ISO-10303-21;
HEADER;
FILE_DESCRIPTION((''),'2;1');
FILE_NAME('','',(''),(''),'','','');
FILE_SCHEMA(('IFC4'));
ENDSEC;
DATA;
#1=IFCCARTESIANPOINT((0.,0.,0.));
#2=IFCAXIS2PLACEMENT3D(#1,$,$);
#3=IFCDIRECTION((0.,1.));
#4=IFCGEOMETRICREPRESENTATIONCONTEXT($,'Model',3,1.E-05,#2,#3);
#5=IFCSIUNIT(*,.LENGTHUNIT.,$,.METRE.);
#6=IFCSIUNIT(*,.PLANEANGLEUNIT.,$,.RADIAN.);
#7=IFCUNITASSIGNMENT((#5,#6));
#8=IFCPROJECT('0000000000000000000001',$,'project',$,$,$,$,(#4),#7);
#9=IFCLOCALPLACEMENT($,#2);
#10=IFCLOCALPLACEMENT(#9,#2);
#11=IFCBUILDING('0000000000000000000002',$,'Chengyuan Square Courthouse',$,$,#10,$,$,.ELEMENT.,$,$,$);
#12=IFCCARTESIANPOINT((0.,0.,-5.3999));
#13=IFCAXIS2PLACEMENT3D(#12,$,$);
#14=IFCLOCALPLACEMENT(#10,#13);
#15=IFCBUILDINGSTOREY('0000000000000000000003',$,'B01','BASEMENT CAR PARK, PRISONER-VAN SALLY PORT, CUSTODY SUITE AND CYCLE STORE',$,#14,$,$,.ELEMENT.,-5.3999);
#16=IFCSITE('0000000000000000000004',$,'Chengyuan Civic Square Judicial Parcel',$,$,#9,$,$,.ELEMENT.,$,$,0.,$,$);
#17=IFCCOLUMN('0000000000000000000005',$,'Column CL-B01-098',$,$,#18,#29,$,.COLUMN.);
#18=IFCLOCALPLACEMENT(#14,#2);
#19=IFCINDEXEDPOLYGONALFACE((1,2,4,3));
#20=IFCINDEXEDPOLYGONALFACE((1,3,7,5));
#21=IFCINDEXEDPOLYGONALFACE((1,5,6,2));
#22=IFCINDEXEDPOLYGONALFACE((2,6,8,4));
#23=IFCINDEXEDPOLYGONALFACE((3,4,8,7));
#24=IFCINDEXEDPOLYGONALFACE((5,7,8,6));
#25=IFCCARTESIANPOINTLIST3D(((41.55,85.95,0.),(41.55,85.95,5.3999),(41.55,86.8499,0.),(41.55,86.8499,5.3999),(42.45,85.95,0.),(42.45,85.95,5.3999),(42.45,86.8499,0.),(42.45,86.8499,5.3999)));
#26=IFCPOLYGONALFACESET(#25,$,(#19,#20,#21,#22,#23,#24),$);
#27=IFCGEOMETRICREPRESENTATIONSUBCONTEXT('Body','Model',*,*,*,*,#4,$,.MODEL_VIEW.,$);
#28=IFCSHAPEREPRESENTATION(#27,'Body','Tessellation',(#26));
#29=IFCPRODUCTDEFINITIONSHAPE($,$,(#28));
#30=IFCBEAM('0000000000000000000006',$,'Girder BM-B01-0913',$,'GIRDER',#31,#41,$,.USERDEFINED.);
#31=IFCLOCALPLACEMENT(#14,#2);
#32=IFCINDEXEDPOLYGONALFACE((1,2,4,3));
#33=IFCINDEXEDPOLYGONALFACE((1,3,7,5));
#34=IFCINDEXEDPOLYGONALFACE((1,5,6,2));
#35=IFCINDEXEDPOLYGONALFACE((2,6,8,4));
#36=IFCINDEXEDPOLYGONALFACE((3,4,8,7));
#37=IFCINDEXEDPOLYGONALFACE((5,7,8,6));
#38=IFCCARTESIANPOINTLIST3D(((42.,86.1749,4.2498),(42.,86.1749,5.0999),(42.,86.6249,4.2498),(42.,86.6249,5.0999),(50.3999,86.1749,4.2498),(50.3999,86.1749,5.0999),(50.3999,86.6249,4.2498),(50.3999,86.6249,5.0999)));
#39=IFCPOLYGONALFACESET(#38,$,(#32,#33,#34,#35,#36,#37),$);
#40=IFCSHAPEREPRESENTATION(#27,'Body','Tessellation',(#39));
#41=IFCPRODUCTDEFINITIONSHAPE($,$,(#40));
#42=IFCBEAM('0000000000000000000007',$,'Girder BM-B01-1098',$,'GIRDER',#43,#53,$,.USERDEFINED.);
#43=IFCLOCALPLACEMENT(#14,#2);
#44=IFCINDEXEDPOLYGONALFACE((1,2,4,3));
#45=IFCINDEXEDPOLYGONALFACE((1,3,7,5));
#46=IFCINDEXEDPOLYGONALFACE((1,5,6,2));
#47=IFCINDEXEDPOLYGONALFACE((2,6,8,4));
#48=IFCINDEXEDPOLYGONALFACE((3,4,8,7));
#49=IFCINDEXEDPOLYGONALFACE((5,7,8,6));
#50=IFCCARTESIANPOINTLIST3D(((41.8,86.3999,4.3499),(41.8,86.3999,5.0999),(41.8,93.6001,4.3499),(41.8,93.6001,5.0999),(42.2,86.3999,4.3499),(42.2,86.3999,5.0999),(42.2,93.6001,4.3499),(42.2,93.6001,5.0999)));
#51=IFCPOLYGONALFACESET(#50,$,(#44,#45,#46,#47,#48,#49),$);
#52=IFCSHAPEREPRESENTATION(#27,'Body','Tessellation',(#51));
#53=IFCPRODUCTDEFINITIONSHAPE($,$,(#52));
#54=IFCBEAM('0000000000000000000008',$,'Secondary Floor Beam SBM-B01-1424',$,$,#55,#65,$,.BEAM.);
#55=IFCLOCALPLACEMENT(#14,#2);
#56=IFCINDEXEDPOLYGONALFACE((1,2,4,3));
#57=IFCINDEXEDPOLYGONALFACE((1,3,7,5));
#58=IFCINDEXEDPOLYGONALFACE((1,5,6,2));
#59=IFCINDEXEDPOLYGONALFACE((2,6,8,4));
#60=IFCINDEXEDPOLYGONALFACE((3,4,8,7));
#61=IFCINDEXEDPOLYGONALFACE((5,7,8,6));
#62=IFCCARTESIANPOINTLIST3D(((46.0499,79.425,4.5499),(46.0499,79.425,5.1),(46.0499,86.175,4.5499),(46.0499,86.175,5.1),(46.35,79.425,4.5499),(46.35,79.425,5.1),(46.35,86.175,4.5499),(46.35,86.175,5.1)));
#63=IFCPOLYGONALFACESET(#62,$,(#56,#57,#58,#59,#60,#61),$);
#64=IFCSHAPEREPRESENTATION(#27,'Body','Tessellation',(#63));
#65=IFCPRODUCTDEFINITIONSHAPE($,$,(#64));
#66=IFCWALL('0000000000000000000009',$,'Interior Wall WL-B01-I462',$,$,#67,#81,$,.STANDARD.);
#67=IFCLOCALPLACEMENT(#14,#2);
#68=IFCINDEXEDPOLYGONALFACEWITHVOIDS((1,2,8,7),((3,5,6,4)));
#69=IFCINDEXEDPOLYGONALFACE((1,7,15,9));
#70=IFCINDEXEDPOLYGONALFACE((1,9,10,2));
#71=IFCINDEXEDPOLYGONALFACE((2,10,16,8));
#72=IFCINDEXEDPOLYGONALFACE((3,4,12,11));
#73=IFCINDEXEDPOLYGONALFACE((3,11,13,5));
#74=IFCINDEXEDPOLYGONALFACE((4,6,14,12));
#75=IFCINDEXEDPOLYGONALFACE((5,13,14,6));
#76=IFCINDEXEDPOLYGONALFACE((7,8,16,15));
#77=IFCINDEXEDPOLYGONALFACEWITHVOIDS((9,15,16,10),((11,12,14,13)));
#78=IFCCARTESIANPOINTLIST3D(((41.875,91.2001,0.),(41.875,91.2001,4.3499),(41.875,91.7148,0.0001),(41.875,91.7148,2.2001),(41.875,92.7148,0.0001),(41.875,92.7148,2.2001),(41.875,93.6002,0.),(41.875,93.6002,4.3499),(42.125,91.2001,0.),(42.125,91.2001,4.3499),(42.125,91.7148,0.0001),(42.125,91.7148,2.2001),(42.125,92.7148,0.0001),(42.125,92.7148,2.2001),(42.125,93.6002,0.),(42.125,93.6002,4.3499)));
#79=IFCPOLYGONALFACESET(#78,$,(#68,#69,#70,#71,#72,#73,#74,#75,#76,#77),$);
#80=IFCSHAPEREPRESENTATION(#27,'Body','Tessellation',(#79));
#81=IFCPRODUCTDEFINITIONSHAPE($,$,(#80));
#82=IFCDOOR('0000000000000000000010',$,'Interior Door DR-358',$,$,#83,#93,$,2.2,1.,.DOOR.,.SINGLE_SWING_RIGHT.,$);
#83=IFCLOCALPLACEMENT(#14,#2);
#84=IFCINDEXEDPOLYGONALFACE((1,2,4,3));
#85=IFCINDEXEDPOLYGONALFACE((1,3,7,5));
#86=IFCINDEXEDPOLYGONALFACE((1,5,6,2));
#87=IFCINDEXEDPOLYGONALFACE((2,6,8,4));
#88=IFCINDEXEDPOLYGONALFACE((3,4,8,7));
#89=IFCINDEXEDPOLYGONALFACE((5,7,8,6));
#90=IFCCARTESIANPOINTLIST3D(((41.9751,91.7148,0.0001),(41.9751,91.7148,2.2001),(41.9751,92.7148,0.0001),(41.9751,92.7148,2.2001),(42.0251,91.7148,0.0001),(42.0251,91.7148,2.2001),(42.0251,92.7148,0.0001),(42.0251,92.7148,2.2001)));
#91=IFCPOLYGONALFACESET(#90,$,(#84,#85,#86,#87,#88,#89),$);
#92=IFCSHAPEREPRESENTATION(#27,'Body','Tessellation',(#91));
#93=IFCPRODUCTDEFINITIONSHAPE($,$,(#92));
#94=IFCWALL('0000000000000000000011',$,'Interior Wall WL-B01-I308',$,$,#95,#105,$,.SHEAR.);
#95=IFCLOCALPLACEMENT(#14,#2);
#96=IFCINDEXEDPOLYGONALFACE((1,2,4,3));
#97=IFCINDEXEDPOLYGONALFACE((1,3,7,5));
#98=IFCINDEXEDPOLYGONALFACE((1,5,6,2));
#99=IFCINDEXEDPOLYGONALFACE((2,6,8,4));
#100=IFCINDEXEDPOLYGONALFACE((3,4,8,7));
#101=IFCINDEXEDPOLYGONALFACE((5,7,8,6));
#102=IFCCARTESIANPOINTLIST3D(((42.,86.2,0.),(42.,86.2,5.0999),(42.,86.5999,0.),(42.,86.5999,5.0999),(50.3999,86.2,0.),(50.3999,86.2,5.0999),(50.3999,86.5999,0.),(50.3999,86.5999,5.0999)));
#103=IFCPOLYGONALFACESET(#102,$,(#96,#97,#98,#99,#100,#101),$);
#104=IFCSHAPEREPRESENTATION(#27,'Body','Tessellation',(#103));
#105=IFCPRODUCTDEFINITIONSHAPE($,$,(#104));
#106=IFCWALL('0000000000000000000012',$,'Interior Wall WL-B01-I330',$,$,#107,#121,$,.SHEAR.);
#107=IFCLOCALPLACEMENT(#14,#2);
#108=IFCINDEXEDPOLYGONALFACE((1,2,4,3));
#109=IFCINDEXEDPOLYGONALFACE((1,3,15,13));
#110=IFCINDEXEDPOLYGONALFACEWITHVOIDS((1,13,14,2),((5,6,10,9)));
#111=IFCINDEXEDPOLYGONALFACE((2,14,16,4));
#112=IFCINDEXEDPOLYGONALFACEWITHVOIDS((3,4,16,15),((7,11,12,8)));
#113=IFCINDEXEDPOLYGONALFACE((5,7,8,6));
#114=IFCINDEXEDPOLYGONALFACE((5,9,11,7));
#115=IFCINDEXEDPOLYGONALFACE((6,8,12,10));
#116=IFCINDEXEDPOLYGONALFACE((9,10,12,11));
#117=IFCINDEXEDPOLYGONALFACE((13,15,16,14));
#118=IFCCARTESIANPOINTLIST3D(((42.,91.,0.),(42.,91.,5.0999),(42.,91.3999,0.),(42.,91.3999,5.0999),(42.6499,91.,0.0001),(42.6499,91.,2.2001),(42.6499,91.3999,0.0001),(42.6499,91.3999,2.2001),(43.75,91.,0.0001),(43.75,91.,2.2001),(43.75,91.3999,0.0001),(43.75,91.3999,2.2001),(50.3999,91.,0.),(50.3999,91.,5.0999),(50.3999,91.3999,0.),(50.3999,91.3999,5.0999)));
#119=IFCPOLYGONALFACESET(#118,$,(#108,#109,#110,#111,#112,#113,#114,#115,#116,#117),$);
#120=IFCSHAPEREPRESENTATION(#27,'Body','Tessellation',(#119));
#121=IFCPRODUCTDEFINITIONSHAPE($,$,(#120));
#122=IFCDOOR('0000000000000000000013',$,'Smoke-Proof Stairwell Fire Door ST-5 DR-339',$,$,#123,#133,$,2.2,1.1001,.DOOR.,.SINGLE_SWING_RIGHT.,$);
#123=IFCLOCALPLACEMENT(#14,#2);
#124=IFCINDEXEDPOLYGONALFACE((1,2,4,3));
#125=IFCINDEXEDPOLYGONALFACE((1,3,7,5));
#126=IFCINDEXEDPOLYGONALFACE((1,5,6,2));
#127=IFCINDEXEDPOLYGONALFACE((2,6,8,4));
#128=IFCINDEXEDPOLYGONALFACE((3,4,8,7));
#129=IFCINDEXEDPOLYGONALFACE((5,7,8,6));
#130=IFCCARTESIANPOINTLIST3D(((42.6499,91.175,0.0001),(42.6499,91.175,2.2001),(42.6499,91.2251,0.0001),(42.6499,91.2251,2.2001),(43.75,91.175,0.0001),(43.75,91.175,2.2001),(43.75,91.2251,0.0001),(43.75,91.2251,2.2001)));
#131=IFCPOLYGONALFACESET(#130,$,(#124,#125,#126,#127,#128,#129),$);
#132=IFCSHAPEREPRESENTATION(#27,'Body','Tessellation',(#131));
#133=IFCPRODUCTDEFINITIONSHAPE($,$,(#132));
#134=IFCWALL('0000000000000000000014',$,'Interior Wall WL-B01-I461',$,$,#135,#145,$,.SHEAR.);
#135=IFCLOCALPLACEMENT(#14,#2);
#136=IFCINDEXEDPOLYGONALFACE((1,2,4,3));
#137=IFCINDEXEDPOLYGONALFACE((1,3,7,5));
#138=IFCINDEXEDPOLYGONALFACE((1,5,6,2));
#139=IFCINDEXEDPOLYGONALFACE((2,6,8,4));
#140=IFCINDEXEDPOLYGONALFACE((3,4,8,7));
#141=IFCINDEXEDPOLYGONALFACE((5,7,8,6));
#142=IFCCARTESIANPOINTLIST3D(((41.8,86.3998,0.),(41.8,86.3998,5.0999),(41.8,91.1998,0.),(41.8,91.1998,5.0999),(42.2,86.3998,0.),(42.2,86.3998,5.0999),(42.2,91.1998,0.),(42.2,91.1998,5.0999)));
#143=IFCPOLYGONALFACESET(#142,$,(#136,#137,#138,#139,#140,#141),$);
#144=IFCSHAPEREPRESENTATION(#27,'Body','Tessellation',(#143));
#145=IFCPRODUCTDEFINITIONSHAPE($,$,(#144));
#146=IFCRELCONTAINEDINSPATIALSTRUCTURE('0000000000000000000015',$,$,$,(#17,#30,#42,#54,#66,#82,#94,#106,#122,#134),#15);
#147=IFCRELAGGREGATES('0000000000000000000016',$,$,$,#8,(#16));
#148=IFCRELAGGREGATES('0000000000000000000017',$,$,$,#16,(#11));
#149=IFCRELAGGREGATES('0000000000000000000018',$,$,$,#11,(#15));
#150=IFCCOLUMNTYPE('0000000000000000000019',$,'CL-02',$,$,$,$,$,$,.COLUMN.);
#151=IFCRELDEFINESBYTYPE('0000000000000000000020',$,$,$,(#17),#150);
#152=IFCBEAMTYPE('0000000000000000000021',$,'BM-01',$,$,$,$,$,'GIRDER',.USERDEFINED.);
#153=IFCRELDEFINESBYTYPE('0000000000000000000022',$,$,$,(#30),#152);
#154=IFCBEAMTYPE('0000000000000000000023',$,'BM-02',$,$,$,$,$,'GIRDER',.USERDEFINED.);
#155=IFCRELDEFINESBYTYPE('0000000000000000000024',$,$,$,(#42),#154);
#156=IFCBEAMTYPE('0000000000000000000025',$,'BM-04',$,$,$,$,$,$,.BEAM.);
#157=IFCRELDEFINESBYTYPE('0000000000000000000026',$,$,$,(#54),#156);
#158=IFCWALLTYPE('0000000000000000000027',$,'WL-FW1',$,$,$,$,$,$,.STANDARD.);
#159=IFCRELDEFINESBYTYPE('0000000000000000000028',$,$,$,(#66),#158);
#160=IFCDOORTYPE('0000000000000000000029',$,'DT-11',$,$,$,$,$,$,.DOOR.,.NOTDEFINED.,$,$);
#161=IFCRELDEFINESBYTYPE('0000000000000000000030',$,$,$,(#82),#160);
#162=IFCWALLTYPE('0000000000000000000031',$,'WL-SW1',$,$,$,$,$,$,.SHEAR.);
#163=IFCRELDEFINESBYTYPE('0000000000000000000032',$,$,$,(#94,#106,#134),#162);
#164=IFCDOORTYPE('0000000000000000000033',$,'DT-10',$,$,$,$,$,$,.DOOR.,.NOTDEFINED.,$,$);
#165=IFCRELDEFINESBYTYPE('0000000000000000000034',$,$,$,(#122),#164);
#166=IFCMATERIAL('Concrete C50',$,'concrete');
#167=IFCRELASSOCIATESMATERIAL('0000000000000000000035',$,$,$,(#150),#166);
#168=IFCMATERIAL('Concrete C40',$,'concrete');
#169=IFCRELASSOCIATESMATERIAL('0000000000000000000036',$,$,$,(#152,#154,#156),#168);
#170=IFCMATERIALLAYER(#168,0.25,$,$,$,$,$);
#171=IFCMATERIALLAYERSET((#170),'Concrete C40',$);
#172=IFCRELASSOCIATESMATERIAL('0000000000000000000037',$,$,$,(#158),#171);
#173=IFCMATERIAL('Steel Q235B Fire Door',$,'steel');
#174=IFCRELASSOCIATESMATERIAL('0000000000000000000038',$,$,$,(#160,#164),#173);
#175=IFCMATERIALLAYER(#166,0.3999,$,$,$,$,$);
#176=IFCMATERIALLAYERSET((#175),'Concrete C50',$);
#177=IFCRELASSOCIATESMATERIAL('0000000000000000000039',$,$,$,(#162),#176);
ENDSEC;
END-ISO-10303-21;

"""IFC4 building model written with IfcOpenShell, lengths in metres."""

from ifc_helpers import new_model, si_unit, direction, frame, frame_2d, origin, origin_2d, place, context, subcontext, project, spatial, rectangle, extrude, material, layer, layer_set, material_profile, profile_set, type_object, element, fill, save


model = new_model("IFC4")

# Units and contexts
model_context = context("Model", 3, precision=1e-05, world=origin(), true_north=direction((0.0, 1.0)))
body_context = subcontext(model_context, "Body", "Model", "MODEL_VIEW")
ifc_project = project(units=[si_unit("LENGTHUNIT", "METRE"), si_unit("PLANEANGLEUNIT", "RADIAN")], contexts=[model_context])

# Site, building, storey
site_placement = place(None, origin())
site = spatial("IfcSite", under=ifc_project, at=site_placement, Name="Chengyuan Civic Square Judicial Parcel", CompositionType="ELEMENT", RefElevation=0.0)
building_placement = place(site_placement, origin())
building = spatial("IfcBuilding", under=site, at=building_placement, Name="Chengyuan Square Courthouse", CompositionType="ELEMENT")
storey_placement = place(building_placement, frame((0.0, 0.0, -5.3999)))
storey = spatial("IfcBuildingStorey", under=building, at=storey_placement, Name="B01", Description="BASEMENT CAR PARK, PRISONER-VAN SALLY PORT, CUSTODY SUITE AND CYCLE STORE", CompositionType="ELEMENT", Elevation=-5.3999)

# Column
ifc_material_1 = material(Name="Concrete C50", Category="concrete")
ifc_material_profile_1 = material_profile(ifc_material_1, rectangle(XDim=0.8999, YDim=0.8999, at=origin_2d()), Name="RC-COL-900x900")
ifc_profile_set_1 = profile_set([ifc_material_profile_1], Name="Concrete C50")
column_type = type_object("IfcColumnType", Name="CL-02", PredefinedType="COLUMN", material=ifc_profile_set_1)
column_placement = place(storey_placement, frame((42.0, 86.3999, 0.0), z_axis=(0.0, 0.0, 1.0), x_axis=(1.0, 0.0, 0.0)))
element("IfcColumn", 1, at=column_placement, inside=storey, type_object=column_type, Name="Column CL-B01-098", PredefinedType="COLUMN", context=body_context, shape_type="SweptSolid", body=[
    extrude(rectangle(XDim=0.8999, YDim=0.8999, at=origin_2d()), origin(), (0.0, 0.0, 1.0), 5.3999),
])

# Beams
ifc_material_2 = material(Name="Concrete C40", Category="concrete")
ifc_material_profile_2 = material_profile(ifc_material_2, rectangle(XDim=0.45, YDim=0.8501, at=origin_2d()), Name="RC-BM-450x850")
ifc_profile_set_2 = profile_set([ifc_material_profile_2], Name="Concrete C40")
beam_type_1 = type_object("IfcBeamType", Name="BM-01", ElementType="GIRDER", PredefinedType="USERDEFINED", material=ifc_profile_set_2)
beam_1_placement = place(storey_placement, frame((42.0, 86.3999, 4.6748), z_axis=(1.0, 0.0, 0.0), x_axis=(0.0, 1.0, 0.0)))
element("IfcBeam", 2, at=beam_1_placement, inside=storey, type_object=beam_type_1, Name="Girder BM-B01-0913", ObjectType="GIRDER", PredefinedType="USERDEFINED", context=body_context, shape_type="SweptSolid", body=[
    extrude(rectangle(XDim=0.45, YDim=0.8501, at=origin_2d()), origin(), (0.0, 0.0, 1.0), 8.3999),
])
ifc_material_profile_3 = material_profile(ifc_material_2, rectangle(XDim=0.3999, YDim=0.75, at=origin_2d()), Name="RC-BM-400x750")
ifc_profile_set_3 = profile_set([ifc_material_profile_3], Name="Concrete C40")
beam_type_2 = type_object("IfcBeamType", Name="BM-02", ElementType="GIRDER", PredefinedType="USERDEFINED", material=ifc_profile_set_3)
beam_2_placement = place(storey_placement, frame((42.0, 86.3999, 4.7249), z_axis=(0.0, 1.0, 0.0), x_axis=(-1.0, 0.0, 0.0)))
element("IfcBeam", 3, at=beam_2_placement, inside=storey, type_object=beam_type_2, Name="Girder BM-B01-1098", ObjectType="GIRDER", PredefinedType="USERDEFINED", context=body_context, shape_type="SweptSolid", body=[
    extrude(rectangle(XDim=0.3999, YDim=0.75, at=origin_2d()), origin(), (0.0, 0.0, 1.0), 7.2002),
])
ifc_material_profile_4 = material_profile(ifc_material_2, rectangle(XDim=0.3, YDim=0.55, at=origin_2d()), Name="RC-BM-300x550")
ifc_profile_set_4 = profile_set([ifc_material_profile_4], Name="Concrete C40")
beam_type_3 = type_object("IfcBeamType", Name="BM-04", PredefinedType="BEAM", material=ifc_profile_set_4)
beam_3_placement = place(storey_placement, frame((46.2, 79.425, 4.825), z_axis=(0.0, 1.0, 0.0), x_axis=(-1.0, 0.0, 0.0)))
element("IfcBeam", 4, at=beam_3_placement, inside=storey, type_object=beam_type_3, Name="Secondary Floor Beam SBM-B01-1424", PredefinedType="BEAM", context=body_context, shape_type="SweptSolid", body=[
    extrude(rectangle(XDim=0.3, YDim=0.55, at=origin_2d()), origin(), (0.0, 0.0, 1.0), 6.75),
])

# Wall, opening, door
ifc_layer_1 = layer(ifc_material_2, 0.25)
ifc_layer_set_1 = layer_set([ifc_layer_1], Name="Concrete C40")
wall_type_1 = type_object("IfcWallType", Name="WL-FW1", PredefinedType="STANDARD", material=ifc_layer_set_1)
wall_1_placement = place(storey_placement, frame((42.0, 91.2, 0.0), z_axis=(0.0, 0.0, 1.0), x_axis=(0.0, 1.0, 0.0)))
wall_1 = element("IfcWall", 5, at=wall_1_placement, inside=storey, type_object=wall_type_1, Name="Interior Wall WL-B01-I462", PredefinedType="STANDARD", context=body_context, shape_type="SweptSolid", body=[
    extrude(rectangle(XDim=2.4001, YDim=0.25, at=frame_2d((1.2002, 0.0))), origin(), (0.0, 0.0, 1.0), 4.3499),
])
opening_1_placement = place(wall_1_placement, frame((0.5149, 0.0, 0.0)))
opening_1 = element("IfcOpeningElement", 6, at=opening_1_placement, cuts=wall_1, PredefinedType="OPENING", context=body_context, shape_type="SweptSolid", body=[
    extrude(rectangle(XDim=1.0, YDim=2.2, at=frame_2d((0.5, 1.1001))), frame((0.0, 0.137, 0.0), z_axis=(0.0, -1.0, 0.0), x_axis=(1.0, 0.0, 0.0)), (0.0, 0.0, 1.0), 0.2739),
])
ifc_material_3 = material(Name="Steel Q235B Fire Door", Category="steel")
door_type_1 = type_object("IfcDoorType", Name="DT-11", OperationType="NOTDEFINED", PredefinedType="DOOR", material=ifc_material_3)
door_1_placement = place(opening_1_placement, origin())
door_1 = element("IfcDoor", 7, at=door_1_placement, inside=storey, type_object=door_type_1, Name="Interior Door DR-358", OperationType="SINGLE_SWING_RIGHT", OverallHeight=2.2, OverallWidth=1.0, PredefinedType="DOOR", context=body_context, shape_type="SweptSolid", body=[
    extrude(rectangle(XDim=1.0, YDim=2.2, at=frame_2d((0.5, 1.1001))), frame((0.0, 0.0249, 0.0), z_axis=(0.0, -1.0, 0.0), x_axis=(1.0, 0.0, 0.0)), (0.0, 0.0, 1.0), 0.05),
])
fill(opening_1, door_1)

# Wall
ifc_layer_2 = layer(ifc_material_1, 0.3999)
ifc_layer_set_2 = layer_set([ifc_layer_2], Name="Concrete C50")
wall_type_2 = type_object("IfcWallType", Name="WL-SW1", PredefinedType="SHEAR", material=ifc_layer_set_2)
wall_2_placement = place(storey_placement, frame((42.0, 86.3999, 0.0), z_axis=(0.0, 0.0, 1.0), x_axis=(1.0, 0.0, 0.0)))
element("IfcWall", 8, at=wall_2_placement, inside=storey, type_object=wall_type_2, Name="Interior Wall WL-B01-I308", PredefinedType="SHEAR", context=body_context, shape_type="SweptSolid", body=[
    extrude(rectangle(XDim=8.3999, YDim=0.3999, at=frame_2d((4.2, 0.0))), origin(), (0.0, 0.0, 1.0), 5.0999),
])

# Wall, opening, door
wall_3_placement = place(storey_placement, frame((42.0, 91.2, 0.0), z_axis=(0.0, 0.0, 1.0), x_axis=(1.0, 0.0, 0.0)))
wall_3 = element("IfcWall", 9, at=wall_3_placement, inside=storey, type_object=wall_type_2, Name="Interior Wall WL-B01-I330", PredefinedType="SHEAR", context=body_context, shape_type="SweptSolid", body=[
    extrude(rectangle(XDim=8.3999, YDim=0.3999, at=frame_2d((4.2, 0.0))), origin(), (0.0, 0.0, 1.0), 5.0999),
])
opening_2_placement = place(wall_3_placement, frame((0.6499, 0.0, 0.0)))
opening_2 = element("IfcOpeningElement", 10, at=opening_2_placement, cuts=wall_3, PredefinedType="OPENING", context=body_context, shape_type="SweptSolid", body=[
    extrude(rectangle(XDim=1.1001, YDim=2.2, at=frame_2d((0.55, 1.1001))), frame((0.0, 0.2119, 0.0), z_axis=(0.0, -1.0, 0.0), x_axis=(1.0, 0.0, 0.0)), (0.0, 0.0, 1.0), 0.4238),
])
door_type_2 = type_object("IfcDoorType", Name="DT-10", OperationType="NOTDEFINED", PredefinedType="DOOR", material=ifc_material_3)
door_2_placement = place(opening_2_placement, frame((1.1001, 0.0, 0.0), z_axis=(0.0, 0.0, 1.0), x_axis=(-1.0, 0.0, 0.0)))
door_2 = element("IfcDoor", 11, at=door_2_placement, inside=storey, type_object=door_type_2, Name="Smoke-Proof Stairwell Fire Door ST-5 DR-339", OperationType="SINGLE_SWING_RIGHT", OverallHeight=2.2, OverallWidth=1.1001, PredefinedType="DOOR", context=body_context, shape_type="SweptSolid", body=[
    extrude(rectangle(XDim=1.1001, YDim=2.2, at=frame_2d((0.55, 1.1001))), frame((0.0, 0.0249, 0.0), z_axis=(0.0, -1.0, 0.0), x_axis=(1.0, 0.0, 0.0)), (0.0, 0.0, 1.0), 0.05),
])
fill(opening_2, door_2)

# Wall
wall_4_placement = place(storey_placement, frame((42.0, 86.3999, 0.0), z_axis=(0.0, 0.0, 1.0), x_axis=(0.0, 1.0, 0.0)))
element("IfcWall", 12, at=wall_4_placement, inside=storey, type_object=wall_type_2, Name="Interior Wall WL-B01-I461", PredefinedType="SHEAR", context=body_context, shape_type="SweptSolid", body=[
    extrude(rectangle(XDim=4.8, YDim=0.3999, at=frame_2d((2.3999, 0.0))), origin(), (0.0, 0.0, 1.0), 5.0999),
])

save(model, "model.ifc")
